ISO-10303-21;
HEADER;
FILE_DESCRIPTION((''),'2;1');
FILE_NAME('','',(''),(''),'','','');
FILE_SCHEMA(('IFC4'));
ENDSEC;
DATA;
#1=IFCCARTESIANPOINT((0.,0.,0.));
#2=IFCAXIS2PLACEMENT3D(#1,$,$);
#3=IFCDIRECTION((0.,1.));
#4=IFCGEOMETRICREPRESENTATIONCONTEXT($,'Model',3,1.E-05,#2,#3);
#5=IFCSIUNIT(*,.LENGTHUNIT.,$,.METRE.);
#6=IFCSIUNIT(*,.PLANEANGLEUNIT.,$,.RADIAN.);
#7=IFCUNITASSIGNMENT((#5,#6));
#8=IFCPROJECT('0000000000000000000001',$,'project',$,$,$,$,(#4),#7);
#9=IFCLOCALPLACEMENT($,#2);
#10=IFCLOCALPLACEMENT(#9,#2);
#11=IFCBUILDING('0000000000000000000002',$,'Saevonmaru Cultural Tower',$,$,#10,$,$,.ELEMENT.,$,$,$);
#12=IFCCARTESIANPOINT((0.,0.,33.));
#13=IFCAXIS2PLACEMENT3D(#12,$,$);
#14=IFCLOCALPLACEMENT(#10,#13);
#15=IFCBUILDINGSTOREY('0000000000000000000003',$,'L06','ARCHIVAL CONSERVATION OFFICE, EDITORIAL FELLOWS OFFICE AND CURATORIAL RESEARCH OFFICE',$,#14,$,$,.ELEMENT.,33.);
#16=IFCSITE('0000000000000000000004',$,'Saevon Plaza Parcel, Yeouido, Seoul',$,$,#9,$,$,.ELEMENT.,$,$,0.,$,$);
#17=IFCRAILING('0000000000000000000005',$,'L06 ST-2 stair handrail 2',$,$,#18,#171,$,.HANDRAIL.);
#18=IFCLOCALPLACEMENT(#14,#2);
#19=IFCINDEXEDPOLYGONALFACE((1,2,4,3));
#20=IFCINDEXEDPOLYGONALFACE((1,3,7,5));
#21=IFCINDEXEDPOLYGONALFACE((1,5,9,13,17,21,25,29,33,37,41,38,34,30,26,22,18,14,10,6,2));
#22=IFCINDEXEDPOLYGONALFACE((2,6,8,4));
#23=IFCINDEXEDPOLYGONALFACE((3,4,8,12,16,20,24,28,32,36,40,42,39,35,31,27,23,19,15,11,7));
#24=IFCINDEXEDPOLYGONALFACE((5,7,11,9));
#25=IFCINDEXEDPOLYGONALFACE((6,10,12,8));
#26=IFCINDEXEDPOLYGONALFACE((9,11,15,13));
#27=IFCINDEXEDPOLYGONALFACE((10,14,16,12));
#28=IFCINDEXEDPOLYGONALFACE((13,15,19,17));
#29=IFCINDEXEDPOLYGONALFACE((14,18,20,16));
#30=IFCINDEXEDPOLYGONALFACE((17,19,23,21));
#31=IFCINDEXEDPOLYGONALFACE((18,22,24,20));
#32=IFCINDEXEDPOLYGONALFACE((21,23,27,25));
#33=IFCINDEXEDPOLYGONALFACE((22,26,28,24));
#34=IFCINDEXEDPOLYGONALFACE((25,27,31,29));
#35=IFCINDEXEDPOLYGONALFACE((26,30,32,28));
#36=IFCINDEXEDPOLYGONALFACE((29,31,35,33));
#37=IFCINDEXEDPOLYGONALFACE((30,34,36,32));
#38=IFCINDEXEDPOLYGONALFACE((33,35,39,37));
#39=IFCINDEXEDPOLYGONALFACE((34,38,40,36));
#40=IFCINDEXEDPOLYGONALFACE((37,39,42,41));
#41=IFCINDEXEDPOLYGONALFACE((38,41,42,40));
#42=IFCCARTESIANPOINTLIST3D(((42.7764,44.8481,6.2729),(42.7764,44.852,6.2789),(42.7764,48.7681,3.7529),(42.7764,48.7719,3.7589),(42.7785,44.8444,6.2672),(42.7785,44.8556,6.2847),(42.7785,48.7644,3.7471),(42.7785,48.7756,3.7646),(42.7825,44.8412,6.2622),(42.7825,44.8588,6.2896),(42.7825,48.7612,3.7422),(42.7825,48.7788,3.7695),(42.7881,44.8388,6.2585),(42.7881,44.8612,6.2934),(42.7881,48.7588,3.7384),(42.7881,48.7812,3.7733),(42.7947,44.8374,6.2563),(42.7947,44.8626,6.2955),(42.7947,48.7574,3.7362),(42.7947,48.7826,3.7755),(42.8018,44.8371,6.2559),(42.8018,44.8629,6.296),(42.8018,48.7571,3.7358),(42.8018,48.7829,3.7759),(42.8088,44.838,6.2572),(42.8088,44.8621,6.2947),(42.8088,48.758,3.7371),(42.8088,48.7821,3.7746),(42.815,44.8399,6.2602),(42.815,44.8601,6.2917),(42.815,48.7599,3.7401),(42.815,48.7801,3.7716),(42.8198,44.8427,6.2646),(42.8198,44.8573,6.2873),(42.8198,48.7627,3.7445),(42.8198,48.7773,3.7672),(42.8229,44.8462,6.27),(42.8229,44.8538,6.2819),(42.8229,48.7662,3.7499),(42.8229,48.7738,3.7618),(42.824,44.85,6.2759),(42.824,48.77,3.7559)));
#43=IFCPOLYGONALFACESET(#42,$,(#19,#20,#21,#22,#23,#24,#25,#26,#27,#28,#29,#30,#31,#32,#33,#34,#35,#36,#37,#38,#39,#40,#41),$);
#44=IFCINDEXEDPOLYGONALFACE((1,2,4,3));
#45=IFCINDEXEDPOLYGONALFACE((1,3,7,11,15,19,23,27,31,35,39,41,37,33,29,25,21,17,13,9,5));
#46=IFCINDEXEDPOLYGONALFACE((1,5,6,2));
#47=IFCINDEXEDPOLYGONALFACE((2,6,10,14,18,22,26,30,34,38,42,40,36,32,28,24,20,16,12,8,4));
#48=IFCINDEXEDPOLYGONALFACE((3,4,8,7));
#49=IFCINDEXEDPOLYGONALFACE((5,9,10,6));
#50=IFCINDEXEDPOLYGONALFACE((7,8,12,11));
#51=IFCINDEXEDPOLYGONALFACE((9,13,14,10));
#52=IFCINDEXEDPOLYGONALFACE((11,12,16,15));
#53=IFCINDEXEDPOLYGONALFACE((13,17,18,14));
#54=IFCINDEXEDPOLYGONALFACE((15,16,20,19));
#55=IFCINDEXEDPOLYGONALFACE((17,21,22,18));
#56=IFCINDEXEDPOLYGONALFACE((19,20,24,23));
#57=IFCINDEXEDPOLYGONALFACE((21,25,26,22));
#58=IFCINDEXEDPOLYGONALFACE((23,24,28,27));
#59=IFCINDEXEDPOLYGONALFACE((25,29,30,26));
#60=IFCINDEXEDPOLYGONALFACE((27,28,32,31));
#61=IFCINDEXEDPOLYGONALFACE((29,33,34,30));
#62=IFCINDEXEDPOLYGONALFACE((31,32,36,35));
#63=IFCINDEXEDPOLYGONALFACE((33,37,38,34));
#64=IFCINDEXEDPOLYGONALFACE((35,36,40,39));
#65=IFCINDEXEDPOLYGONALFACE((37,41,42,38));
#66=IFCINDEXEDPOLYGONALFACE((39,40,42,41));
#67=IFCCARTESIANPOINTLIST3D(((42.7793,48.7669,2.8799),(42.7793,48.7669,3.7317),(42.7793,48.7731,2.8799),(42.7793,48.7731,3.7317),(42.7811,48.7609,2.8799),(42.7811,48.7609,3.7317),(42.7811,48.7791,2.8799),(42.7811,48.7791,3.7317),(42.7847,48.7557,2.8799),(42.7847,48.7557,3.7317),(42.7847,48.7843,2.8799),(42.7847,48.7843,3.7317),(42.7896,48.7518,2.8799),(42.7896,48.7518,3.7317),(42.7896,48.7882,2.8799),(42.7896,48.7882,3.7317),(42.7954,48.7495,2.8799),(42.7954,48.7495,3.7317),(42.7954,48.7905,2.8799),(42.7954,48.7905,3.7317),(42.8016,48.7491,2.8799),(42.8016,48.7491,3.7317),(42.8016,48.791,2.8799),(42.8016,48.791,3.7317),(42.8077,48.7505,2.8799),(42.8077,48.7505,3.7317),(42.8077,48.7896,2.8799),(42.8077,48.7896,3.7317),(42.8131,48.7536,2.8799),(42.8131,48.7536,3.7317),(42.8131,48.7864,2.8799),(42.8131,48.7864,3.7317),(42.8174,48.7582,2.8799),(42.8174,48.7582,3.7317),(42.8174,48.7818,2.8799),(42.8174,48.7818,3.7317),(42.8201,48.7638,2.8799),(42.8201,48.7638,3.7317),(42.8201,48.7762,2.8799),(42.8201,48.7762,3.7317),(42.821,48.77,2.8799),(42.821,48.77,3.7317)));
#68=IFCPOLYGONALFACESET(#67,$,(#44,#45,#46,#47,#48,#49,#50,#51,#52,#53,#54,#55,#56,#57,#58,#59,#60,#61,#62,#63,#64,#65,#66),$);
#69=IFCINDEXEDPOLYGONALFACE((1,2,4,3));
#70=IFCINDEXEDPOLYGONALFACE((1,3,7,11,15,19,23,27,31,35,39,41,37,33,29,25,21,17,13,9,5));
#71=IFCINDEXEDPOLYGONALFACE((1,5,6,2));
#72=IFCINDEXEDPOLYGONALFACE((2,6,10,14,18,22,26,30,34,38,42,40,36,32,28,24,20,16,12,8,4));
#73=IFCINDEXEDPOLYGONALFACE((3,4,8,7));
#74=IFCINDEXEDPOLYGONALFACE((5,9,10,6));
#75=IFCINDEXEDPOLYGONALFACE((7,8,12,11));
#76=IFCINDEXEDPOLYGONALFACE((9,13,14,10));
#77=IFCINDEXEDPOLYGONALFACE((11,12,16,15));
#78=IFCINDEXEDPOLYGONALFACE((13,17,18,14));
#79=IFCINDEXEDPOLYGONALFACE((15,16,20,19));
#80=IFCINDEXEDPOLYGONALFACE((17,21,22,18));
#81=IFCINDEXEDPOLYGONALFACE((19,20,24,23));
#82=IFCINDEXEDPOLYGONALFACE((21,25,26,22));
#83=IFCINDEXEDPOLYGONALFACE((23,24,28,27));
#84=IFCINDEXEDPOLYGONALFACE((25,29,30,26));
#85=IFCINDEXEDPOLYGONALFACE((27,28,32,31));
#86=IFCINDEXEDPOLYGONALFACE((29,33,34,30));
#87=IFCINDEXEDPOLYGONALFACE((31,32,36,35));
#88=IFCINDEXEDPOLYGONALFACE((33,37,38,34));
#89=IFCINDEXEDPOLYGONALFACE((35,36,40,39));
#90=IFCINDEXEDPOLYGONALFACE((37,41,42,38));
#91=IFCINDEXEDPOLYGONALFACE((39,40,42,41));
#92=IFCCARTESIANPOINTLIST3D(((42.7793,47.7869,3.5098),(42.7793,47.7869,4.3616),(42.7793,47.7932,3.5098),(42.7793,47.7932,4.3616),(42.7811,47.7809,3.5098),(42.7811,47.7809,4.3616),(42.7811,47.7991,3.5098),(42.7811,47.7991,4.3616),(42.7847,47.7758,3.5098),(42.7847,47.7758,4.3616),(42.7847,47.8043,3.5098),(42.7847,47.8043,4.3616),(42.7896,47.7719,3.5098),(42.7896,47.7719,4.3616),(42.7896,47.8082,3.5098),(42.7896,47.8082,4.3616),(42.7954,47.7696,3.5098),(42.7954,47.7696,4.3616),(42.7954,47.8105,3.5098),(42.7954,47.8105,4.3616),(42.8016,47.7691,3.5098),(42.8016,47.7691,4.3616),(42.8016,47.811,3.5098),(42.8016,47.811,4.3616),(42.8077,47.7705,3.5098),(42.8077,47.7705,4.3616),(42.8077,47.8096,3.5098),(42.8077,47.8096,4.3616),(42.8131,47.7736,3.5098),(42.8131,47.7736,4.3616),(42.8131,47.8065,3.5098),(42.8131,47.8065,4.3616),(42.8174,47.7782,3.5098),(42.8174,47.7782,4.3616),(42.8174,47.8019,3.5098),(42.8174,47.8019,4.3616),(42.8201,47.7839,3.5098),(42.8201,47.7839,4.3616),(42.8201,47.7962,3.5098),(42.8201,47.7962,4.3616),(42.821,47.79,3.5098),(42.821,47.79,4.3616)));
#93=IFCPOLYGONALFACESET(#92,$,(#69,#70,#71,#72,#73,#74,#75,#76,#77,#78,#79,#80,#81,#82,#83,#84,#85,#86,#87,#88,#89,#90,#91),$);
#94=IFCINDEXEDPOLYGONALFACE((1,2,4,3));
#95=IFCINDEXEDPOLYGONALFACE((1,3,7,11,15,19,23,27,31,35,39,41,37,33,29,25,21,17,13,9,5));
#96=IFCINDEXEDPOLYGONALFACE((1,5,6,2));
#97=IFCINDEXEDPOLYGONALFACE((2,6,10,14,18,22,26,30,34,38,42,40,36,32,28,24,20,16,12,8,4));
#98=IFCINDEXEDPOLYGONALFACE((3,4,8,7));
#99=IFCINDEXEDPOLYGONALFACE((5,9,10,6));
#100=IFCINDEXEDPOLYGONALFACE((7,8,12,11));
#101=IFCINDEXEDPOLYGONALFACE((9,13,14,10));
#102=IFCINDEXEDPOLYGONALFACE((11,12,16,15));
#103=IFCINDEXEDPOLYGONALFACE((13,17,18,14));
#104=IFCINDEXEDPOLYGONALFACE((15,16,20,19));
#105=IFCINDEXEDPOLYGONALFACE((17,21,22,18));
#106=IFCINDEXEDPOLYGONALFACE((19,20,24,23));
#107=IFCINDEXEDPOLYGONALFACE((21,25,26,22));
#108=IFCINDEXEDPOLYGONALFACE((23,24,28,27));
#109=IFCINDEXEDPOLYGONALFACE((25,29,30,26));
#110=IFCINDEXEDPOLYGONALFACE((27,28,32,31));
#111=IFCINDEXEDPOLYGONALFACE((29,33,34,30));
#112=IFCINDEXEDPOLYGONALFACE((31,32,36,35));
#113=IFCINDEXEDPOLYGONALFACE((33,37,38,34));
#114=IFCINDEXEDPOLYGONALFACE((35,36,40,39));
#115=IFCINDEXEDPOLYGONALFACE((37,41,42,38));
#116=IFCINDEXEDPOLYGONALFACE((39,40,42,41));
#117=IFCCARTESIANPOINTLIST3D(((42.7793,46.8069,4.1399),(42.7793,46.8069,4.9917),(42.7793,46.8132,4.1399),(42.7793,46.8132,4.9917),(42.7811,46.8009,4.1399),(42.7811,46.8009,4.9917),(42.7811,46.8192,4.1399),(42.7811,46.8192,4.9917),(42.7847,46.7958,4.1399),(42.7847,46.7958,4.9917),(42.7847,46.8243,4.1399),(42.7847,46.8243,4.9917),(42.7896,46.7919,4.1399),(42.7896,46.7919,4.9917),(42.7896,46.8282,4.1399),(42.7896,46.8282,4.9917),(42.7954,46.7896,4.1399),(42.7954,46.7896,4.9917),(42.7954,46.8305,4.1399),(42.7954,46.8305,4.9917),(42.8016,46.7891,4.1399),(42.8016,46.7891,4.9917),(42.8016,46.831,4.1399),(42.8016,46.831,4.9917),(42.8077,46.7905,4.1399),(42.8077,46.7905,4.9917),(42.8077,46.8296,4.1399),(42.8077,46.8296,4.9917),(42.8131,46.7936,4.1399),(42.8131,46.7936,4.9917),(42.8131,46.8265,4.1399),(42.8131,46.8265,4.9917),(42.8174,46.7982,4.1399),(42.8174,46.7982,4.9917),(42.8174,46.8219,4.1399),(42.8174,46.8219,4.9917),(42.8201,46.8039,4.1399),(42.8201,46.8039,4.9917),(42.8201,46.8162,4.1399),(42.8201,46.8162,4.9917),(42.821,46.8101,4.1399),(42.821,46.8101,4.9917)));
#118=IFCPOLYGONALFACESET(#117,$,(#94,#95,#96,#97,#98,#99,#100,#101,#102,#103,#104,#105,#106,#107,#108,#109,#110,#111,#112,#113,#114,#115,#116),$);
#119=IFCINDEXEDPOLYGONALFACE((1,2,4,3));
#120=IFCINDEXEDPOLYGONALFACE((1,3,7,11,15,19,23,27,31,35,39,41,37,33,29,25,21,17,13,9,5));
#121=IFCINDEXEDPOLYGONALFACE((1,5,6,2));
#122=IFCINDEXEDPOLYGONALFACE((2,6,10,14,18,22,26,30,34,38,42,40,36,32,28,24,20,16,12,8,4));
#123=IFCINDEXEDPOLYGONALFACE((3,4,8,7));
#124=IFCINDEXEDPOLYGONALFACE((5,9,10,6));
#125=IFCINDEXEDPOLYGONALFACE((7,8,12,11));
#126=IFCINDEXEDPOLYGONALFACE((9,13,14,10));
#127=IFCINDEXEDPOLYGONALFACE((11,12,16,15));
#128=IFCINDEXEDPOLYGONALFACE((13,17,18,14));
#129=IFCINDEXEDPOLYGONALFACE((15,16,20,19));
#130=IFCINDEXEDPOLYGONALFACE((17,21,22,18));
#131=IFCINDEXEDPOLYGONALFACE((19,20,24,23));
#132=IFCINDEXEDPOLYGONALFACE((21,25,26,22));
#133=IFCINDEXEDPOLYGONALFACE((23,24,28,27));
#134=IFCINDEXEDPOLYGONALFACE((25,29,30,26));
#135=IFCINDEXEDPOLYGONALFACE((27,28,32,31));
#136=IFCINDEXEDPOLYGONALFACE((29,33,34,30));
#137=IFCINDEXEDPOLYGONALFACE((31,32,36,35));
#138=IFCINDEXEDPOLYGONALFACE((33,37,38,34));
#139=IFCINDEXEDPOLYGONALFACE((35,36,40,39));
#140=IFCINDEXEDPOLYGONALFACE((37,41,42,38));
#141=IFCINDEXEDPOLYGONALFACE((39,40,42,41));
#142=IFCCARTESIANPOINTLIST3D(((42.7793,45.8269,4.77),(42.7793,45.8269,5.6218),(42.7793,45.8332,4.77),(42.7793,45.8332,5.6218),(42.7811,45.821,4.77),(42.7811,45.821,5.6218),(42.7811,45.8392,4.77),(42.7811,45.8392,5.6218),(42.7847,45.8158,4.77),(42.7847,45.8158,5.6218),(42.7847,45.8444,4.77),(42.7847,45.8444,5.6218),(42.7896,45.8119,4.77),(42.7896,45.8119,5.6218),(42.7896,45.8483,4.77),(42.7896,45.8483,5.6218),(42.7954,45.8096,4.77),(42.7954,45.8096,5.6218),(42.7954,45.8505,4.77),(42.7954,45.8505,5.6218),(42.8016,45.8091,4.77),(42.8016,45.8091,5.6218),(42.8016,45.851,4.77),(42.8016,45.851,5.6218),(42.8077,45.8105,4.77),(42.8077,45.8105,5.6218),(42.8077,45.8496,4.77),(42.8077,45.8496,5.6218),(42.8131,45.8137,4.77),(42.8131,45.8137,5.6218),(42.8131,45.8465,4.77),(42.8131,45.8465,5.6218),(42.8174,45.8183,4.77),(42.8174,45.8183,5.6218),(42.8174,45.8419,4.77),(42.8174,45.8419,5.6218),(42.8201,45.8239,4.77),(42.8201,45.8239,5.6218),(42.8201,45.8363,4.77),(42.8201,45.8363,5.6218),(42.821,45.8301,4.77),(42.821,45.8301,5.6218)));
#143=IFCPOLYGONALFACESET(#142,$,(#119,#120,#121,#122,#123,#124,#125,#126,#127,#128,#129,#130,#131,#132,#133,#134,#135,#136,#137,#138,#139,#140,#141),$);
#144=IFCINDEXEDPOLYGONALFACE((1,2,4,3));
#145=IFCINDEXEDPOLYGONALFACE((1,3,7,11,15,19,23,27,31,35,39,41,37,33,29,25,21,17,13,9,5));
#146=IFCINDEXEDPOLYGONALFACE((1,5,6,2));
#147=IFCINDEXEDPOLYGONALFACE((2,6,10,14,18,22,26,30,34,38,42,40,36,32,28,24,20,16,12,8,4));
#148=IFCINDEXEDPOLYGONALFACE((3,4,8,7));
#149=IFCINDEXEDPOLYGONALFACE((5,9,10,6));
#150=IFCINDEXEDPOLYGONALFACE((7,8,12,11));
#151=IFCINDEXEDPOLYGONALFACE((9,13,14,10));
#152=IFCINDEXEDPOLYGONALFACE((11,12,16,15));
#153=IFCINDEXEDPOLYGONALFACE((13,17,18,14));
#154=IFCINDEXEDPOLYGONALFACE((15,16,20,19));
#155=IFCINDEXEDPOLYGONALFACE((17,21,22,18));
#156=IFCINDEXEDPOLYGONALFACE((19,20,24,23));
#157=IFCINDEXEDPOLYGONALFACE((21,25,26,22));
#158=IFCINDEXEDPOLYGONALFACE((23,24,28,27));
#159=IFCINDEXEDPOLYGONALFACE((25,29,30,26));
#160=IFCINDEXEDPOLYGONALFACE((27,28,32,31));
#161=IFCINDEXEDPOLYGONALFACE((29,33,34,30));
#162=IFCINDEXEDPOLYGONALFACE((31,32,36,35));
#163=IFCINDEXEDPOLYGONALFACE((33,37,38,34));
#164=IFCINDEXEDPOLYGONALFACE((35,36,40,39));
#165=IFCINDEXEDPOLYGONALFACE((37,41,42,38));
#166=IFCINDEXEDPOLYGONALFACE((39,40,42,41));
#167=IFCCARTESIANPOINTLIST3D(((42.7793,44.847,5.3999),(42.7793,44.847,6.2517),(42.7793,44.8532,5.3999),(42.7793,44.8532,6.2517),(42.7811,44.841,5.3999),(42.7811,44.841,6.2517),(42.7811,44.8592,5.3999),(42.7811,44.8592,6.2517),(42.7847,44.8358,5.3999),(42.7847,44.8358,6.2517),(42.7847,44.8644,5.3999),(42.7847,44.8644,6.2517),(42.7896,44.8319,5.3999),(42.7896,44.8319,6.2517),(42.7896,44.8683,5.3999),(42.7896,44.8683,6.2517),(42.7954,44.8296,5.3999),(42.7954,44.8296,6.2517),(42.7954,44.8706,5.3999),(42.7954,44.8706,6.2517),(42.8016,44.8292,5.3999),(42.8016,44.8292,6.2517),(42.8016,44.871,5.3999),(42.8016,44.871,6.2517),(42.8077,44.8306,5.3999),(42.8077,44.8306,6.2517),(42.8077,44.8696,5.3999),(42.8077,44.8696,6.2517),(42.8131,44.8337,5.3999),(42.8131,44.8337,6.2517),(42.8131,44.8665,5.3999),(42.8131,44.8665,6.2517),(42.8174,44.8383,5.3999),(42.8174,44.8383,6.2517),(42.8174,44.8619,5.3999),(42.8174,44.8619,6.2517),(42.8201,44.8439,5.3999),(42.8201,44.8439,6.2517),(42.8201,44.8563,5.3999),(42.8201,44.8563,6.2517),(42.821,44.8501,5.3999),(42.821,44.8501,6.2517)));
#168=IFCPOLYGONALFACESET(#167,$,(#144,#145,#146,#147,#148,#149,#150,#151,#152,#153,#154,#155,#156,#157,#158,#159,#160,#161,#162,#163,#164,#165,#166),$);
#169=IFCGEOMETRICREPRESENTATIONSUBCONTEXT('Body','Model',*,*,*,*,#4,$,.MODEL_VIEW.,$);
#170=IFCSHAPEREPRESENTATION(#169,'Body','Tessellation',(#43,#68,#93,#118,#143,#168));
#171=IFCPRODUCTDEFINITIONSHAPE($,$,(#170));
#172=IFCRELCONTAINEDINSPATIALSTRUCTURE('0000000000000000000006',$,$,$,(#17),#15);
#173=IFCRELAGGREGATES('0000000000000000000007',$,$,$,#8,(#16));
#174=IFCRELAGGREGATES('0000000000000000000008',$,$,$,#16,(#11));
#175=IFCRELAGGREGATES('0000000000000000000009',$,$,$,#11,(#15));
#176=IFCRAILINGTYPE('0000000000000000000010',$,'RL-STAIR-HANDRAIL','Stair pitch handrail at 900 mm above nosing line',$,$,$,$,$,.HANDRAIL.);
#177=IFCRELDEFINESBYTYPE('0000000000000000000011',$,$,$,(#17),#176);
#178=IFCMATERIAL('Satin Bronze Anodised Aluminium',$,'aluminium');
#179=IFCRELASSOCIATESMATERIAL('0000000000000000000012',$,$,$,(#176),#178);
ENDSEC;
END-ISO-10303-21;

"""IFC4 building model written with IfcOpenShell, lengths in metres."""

from ifc_helpers import new_model, si_unit, direction, frame, origin, origin_2d, place, context, subcontext, project, spatial, circle, extrude, material, type_object, element, save


model = new_model("IFC4")

# Units and contexts
model_context = context("Model", 3, precision=1e-05, world=origin(), true_north=direction((0.0, 1.0)))
body_context = subcontext(model_context, "Body", "Model", "MODEL_VIEW")
ifc_project = project(units=[si_unit("LENGTHUNIT", "METRE"), si_unit("PLANEANGLEUNIT", "RADIAN")], contexts=[model_context])

# Site, building, storey
site_placement = place(None, origin())
site = spatial("IfcSite", under=ifc_project, at=site_placement, Name="Saevon Plaza Parcel, Yeouido, Seoul", CompositionType="ELEMENT", RefElevation=0.0)
building_placement = place(site_placement, origin())
building = spatial("IfcBuilding", under=site, at=building_placement, Name="Saevonmaru Cultural Tower", CompositionType="ELEMENT")
storey_placement = place(building_placement, frame((0.0, 0.0, 33.0)))
storey = spatial("IfcBuildingStorey", under=building, at=storey_placement, Name="L06", Description="ARCHIVAL CONSERVATION OFFICE, EDITORIAL FELLOWS OFFICE AND CURATORIAL RESEARCH OFFICE", CompositionType="ELEMENT", Elevation=33.0)

# Shared definitions
ifc_material_1 = material(Name="Satin Bronze Anodised Aluminium", Category="aluminium")

# Railing
railing_type_1 = type_object("IfcRailingType", Name="RL-STAIR-HANDRAIL", Description="Stair pitch handrail at 900 mm above nosing line", PredefinedType="HANDRAIL", material=ifc_material_1)
railing_1_placement = place(storey_placement, frame((42.8, 48.77, 2.8799)))
element("IfcRailing", 1, at=railing_1_placement, inside=storey, type_object=railing_type_1, Name="L06 ST-2 stair handrail 2", PredefinedType="HANDRAIL", context=body_context, shape_type="SweptSolid", body=[
    extrude(circle(Radius=0.0239, at=origin_2d()), frame((0.0, 0.0, 0.876), z_axis=(0.0, -0.841172, 0.540768), x_axis=(1.0, 0.0, 0.0)), (0.0, 0.0, 1.0), 4.6602),
    extrude(circle(Radius=0.021, at=origin_2d()), origin(), (0.0, 0.0, 1.0), 0.8518),
    extrude(circle(Radius=0.021, at=origin_2d()), frame((0.0, -0.98, 0.6299)), (0.0, 0.0, 1.0), 0.8518),
    extrude(circle(Radius=0.021, at=origin_2d()), frame((0.0, -1.96, 1.26)), (0.0, 0.0, 1.0), 0.8518),
    extrude(circle(Radius=0.021, at=origin_2d()), frame((0.0, -2.9399, 1.8901)), (0.0, 0.0, 1.0), 0.8518),
    extrude(circle(Radius=0.021, at=origin_2d()), frame((0.0, -3.9199, 2.52)), (0.0, 0.0, 1.0), 0.8518),
])

save(model, "model.ifc")
